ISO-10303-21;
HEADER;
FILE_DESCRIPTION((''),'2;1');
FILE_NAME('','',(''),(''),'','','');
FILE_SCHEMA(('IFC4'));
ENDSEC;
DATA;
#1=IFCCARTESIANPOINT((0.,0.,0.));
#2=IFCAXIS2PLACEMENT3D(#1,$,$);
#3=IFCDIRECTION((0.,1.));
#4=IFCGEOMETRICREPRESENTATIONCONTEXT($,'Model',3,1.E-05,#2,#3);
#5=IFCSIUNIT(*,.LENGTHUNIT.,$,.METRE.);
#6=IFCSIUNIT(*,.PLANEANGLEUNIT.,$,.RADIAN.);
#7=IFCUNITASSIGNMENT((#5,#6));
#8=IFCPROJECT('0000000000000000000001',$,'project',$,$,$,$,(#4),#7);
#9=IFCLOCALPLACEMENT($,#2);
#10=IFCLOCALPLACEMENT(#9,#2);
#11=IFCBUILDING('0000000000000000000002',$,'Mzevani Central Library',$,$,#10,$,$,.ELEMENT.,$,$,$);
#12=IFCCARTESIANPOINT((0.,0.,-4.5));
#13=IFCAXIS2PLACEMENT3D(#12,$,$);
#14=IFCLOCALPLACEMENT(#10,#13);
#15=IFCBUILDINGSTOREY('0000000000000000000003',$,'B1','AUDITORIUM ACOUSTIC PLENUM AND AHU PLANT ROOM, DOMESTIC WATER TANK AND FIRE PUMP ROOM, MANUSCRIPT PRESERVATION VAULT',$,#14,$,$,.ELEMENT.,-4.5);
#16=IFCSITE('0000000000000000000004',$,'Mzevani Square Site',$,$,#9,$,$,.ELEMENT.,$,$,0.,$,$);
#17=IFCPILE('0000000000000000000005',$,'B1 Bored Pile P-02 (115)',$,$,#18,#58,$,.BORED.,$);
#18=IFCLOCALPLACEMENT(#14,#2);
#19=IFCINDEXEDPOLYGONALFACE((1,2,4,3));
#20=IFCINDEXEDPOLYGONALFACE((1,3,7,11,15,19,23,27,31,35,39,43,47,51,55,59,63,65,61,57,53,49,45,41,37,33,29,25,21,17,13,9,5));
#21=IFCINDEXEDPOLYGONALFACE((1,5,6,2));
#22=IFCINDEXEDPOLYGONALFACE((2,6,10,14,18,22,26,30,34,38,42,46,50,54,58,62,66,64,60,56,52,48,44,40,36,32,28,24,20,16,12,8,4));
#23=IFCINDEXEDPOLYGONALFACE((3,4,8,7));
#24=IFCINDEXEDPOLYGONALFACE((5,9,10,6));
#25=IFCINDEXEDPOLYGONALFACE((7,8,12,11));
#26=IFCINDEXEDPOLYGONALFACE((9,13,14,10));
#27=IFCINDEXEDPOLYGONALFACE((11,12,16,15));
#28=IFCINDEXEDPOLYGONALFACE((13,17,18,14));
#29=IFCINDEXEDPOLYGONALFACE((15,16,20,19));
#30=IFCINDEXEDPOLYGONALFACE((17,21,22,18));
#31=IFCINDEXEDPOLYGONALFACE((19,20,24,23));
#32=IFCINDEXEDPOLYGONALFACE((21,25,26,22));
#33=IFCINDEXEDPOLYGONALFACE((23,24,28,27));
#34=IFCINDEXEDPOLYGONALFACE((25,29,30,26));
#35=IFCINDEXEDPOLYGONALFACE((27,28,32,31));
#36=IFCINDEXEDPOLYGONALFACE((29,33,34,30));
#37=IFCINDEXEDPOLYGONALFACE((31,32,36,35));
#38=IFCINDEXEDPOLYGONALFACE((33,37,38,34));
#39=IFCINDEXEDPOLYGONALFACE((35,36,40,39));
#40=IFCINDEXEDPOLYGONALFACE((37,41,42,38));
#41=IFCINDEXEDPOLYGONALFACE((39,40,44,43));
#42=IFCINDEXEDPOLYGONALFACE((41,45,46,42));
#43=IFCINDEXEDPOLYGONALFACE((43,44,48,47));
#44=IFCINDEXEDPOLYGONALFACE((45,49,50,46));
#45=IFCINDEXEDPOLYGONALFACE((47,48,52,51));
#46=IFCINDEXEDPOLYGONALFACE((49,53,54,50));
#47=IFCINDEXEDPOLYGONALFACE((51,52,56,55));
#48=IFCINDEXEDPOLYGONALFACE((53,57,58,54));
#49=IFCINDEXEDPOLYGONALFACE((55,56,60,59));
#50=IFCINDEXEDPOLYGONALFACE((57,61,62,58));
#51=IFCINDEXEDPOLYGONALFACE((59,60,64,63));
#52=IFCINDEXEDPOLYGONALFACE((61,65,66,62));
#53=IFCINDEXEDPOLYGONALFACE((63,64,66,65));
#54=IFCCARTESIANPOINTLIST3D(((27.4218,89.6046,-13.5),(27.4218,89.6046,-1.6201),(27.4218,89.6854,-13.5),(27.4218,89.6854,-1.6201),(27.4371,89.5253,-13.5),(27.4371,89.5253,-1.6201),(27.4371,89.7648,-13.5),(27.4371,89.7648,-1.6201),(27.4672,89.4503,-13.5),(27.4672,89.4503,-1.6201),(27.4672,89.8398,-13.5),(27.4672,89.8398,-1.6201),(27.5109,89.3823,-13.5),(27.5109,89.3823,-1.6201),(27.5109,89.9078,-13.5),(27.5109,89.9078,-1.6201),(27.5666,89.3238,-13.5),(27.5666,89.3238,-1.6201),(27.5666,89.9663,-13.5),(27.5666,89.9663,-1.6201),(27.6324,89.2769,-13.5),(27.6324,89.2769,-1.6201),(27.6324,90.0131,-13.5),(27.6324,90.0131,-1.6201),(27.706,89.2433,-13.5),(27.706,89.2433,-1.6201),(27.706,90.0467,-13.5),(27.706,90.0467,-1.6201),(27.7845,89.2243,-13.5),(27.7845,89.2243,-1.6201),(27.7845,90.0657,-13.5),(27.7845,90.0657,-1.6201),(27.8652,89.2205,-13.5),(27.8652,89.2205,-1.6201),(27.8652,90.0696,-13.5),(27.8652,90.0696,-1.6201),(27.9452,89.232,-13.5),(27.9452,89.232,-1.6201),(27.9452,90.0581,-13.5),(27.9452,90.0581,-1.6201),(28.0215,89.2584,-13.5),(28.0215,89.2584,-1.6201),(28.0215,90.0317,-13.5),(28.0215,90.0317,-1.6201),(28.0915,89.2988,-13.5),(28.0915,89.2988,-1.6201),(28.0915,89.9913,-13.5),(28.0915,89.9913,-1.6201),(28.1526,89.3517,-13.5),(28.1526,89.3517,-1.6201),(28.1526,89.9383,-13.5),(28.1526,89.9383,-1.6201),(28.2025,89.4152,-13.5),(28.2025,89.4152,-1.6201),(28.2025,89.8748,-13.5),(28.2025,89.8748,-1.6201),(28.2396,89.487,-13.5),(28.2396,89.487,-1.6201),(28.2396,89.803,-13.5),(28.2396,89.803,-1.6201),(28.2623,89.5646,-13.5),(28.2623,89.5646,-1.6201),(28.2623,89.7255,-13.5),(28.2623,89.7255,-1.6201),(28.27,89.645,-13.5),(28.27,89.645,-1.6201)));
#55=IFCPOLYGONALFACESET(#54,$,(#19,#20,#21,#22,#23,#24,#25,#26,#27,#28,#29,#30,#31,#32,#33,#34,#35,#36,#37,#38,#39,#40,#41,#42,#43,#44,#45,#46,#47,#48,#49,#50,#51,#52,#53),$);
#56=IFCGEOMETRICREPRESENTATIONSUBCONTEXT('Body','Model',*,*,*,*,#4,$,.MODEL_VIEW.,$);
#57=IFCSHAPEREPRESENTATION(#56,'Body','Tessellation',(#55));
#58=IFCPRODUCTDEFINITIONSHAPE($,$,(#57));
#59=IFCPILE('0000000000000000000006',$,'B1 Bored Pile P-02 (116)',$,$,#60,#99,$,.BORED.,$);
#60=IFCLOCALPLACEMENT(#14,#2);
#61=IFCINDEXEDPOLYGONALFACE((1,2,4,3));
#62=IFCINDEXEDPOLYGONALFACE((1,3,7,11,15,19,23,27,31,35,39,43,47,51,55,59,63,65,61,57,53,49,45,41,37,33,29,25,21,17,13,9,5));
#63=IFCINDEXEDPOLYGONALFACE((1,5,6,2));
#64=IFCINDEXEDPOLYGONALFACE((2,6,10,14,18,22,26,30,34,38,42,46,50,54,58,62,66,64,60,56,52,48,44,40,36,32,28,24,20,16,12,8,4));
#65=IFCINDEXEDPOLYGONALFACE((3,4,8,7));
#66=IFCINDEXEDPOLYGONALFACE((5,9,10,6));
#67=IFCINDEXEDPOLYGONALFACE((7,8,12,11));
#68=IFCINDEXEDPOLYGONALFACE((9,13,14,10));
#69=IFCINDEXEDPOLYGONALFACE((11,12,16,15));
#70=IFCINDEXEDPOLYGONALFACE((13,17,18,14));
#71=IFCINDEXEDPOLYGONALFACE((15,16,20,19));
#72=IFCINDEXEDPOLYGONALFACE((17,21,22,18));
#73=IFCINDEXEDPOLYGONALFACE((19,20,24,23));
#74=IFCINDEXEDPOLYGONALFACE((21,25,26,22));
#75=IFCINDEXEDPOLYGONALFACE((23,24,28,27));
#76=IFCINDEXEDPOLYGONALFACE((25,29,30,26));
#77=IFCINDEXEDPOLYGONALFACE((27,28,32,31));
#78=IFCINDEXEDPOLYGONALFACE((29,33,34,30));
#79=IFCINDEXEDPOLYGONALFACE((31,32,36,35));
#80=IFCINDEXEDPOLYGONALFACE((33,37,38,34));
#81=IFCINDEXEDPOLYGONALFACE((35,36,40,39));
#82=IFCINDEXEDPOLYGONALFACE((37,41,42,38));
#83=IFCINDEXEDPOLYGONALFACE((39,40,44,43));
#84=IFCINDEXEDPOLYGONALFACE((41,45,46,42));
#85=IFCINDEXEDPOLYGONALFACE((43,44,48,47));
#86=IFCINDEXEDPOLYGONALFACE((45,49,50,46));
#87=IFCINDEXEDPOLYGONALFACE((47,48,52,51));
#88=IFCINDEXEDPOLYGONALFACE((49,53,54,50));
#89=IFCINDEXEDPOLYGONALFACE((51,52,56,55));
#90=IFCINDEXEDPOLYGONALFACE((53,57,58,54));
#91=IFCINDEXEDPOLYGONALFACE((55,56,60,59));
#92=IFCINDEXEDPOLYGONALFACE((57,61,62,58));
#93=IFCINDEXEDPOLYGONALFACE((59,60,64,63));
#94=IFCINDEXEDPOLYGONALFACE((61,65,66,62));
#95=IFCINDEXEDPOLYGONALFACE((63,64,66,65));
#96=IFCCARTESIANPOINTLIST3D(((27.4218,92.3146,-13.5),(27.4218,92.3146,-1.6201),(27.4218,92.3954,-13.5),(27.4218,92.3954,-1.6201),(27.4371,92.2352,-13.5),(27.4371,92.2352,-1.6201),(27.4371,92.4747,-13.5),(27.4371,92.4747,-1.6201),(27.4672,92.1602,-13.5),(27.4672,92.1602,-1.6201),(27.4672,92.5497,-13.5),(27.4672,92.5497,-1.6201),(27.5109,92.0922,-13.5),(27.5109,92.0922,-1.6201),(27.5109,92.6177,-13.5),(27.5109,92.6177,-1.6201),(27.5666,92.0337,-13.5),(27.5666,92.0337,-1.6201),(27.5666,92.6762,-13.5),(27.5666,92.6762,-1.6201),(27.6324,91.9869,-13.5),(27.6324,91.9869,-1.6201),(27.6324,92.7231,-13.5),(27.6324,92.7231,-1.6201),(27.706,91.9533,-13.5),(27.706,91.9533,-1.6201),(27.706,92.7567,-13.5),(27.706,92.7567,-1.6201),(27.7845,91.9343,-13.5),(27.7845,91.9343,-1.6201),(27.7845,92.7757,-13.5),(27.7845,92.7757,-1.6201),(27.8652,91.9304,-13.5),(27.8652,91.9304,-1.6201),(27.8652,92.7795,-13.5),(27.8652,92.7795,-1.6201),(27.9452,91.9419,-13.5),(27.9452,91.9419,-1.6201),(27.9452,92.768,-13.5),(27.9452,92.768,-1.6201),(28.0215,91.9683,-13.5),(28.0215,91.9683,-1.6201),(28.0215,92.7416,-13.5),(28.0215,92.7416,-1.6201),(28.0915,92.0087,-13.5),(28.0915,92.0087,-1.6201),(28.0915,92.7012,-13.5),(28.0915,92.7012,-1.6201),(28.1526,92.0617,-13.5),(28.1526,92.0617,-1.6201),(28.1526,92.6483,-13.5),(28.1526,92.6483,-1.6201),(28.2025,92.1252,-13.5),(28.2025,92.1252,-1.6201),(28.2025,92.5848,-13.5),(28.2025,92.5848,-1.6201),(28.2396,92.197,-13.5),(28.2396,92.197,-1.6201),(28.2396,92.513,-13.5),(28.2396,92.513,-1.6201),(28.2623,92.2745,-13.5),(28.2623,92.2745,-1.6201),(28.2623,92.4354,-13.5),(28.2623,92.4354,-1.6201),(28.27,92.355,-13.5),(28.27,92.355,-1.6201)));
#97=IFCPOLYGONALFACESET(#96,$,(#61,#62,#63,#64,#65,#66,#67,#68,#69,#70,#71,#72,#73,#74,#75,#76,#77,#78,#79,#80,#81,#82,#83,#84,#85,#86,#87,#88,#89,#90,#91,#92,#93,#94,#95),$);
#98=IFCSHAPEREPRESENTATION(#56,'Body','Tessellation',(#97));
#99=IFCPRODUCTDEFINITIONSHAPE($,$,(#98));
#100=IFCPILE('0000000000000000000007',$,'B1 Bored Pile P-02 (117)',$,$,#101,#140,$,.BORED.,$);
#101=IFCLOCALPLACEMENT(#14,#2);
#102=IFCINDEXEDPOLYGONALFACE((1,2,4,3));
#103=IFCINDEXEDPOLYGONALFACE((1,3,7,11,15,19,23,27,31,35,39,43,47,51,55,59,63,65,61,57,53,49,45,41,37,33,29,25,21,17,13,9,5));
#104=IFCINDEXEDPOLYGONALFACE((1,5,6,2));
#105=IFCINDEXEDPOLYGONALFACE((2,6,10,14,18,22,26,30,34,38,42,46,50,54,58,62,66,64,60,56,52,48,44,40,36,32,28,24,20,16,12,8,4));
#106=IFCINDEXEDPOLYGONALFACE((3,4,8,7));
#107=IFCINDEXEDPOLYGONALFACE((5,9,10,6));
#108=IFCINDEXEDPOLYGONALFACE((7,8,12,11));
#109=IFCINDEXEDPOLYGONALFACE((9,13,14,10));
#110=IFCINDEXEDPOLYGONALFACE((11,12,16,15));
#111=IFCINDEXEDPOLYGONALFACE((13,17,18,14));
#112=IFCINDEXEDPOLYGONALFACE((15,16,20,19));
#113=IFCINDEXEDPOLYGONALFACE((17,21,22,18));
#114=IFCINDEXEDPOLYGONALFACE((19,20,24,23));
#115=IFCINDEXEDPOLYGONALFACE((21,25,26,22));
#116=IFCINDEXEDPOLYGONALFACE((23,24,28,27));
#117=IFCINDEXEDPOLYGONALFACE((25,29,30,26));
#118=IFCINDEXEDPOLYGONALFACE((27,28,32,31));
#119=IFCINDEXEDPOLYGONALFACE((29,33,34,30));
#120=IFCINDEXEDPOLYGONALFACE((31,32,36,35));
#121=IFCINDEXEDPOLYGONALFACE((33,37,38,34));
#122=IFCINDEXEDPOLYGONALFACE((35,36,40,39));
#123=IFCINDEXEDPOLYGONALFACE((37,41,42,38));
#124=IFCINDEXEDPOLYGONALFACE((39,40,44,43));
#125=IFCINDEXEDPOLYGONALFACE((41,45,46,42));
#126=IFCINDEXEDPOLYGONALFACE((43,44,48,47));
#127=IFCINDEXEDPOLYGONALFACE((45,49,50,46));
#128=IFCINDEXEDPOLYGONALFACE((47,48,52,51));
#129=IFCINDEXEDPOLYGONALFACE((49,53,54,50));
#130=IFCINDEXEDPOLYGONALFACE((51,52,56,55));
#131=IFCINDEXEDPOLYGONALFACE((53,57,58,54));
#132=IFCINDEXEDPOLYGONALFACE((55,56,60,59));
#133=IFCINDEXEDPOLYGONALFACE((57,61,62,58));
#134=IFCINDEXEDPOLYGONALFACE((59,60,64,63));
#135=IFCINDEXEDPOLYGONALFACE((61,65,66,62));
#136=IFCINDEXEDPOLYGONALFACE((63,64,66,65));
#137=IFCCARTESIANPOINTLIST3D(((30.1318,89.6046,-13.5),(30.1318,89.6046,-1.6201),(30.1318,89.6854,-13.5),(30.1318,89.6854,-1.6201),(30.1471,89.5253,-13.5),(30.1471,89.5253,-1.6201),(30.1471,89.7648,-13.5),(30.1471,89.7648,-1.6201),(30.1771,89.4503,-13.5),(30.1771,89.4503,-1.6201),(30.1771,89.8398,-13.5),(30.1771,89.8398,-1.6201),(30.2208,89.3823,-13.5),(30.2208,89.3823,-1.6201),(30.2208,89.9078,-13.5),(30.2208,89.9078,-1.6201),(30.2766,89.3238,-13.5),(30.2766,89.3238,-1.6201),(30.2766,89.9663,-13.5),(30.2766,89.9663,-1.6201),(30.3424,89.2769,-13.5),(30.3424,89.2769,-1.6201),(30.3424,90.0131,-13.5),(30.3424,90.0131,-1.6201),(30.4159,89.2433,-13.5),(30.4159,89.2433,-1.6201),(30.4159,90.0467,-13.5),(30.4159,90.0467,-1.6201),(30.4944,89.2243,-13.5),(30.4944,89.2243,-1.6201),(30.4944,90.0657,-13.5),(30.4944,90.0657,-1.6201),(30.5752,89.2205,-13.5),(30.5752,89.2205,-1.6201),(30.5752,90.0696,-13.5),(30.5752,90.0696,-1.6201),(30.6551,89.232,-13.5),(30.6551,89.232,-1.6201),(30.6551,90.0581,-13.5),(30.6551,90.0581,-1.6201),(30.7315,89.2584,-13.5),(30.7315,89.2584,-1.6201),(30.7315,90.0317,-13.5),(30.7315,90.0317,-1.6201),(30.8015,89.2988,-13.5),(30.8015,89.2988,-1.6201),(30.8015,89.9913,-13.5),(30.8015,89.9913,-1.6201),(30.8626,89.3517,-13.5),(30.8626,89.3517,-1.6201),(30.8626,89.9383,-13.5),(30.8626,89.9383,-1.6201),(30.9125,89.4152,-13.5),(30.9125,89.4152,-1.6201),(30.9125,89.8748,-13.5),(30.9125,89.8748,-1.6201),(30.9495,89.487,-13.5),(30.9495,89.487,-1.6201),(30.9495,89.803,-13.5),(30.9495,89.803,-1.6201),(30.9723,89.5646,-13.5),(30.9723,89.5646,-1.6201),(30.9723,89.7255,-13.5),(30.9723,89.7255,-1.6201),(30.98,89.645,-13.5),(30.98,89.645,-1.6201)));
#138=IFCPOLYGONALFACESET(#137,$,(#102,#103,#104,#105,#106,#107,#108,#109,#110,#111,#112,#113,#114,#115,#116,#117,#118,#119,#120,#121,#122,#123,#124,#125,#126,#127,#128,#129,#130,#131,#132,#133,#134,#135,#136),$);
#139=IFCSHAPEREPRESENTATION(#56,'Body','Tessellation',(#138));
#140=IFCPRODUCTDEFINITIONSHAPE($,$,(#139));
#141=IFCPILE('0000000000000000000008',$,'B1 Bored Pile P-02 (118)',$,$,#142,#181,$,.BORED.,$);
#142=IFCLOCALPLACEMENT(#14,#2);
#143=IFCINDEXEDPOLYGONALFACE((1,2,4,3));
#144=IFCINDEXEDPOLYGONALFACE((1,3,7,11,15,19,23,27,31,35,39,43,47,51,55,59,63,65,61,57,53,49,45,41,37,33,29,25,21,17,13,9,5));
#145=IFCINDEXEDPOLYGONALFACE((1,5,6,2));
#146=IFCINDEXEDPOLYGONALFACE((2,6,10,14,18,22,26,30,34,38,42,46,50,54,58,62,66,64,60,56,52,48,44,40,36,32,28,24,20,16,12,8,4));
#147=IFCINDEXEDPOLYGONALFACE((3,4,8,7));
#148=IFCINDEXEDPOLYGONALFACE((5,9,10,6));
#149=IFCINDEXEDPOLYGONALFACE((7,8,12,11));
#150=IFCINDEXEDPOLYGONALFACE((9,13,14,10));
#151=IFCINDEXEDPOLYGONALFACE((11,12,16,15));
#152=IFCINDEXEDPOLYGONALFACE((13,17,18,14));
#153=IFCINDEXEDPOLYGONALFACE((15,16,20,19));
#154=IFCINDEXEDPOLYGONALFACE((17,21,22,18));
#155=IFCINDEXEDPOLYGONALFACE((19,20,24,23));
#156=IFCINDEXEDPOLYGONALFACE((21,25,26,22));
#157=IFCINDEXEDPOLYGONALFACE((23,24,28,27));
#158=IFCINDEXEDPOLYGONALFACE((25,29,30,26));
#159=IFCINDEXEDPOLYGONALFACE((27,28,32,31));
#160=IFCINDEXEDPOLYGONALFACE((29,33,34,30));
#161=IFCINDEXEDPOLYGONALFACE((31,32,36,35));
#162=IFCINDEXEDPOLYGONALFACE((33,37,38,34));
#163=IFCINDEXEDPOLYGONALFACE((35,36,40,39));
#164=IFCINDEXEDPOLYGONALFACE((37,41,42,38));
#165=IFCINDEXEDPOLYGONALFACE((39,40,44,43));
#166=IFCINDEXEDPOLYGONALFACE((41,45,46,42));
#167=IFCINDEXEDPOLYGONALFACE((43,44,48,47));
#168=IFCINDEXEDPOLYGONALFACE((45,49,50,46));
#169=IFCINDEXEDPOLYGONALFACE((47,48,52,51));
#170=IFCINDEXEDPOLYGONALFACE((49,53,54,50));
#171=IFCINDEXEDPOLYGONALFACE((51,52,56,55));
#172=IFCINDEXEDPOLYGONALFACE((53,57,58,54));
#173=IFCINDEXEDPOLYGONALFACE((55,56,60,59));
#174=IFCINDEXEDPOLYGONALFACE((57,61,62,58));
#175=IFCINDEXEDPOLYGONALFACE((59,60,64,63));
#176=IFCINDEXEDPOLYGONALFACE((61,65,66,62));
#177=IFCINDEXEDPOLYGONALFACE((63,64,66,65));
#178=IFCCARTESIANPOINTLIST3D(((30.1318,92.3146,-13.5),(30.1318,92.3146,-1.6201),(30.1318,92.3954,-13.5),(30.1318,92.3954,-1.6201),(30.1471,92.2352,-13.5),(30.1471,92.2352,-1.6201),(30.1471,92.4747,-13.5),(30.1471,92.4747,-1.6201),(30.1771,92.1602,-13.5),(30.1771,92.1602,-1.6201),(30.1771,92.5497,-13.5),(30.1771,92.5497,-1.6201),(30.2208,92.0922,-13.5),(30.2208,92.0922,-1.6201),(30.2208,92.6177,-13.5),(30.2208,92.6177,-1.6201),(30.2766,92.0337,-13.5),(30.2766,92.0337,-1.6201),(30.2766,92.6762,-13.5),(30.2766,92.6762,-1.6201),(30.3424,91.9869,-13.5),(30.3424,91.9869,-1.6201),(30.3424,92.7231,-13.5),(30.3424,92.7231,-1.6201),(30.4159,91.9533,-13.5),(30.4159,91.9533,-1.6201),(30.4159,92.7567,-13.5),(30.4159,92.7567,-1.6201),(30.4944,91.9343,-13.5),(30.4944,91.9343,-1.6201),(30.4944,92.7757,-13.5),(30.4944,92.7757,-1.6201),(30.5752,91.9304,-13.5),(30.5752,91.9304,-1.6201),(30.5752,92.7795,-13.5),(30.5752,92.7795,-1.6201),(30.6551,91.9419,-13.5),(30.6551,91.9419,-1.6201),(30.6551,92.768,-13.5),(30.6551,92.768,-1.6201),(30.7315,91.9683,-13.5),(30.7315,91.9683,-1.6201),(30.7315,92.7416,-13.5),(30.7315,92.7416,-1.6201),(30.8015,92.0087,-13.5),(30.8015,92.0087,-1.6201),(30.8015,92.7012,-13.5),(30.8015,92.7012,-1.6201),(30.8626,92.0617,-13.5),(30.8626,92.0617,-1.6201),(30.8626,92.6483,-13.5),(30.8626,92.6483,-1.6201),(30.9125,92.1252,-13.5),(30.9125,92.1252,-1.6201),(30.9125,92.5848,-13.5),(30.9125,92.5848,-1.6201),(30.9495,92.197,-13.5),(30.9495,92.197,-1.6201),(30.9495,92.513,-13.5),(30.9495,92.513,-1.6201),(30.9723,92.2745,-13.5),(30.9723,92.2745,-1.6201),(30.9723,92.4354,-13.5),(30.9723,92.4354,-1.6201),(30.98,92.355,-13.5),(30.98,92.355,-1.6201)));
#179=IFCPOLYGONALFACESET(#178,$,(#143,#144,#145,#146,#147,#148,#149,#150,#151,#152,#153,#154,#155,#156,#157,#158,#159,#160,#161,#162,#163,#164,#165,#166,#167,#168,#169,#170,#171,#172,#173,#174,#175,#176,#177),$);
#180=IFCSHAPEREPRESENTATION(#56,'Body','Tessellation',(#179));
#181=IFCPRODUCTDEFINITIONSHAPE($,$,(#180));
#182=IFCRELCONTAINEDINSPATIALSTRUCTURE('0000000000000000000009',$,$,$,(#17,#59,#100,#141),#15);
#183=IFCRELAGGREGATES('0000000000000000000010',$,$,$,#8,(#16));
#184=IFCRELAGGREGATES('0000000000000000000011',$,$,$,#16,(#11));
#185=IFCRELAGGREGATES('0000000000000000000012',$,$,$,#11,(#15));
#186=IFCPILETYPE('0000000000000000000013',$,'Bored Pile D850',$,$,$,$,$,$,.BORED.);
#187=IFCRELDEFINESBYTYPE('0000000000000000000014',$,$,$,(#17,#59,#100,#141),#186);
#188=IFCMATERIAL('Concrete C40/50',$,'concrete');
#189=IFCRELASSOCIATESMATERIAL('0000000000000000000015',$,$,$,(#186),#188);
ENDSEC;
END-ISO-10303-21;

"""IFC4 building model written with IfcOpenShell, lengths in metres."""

from ifc_helpers import new_model, si_unit, direction, frame, origin, origin_2d, place, context, subcontext, project, spatial, circle, extrude, material, material_profile, profile_set, type_object, element, save


model = new_model("IFC4")

# Units and contexts
model_context = context("Model", 3, precision=1e-05, world=origin(), true_north=direction((0.0, 1.0)))
body_context = subcontext(model_context, "Body", "Model", "MODEL_VIEW")
ifc_project = project(units=[si_unit("LENGTHUNIT", "METRE"), si_unit("PLANEANGLEUNIT", "RADIAN")], contexts=[model_context])

# Site, building, storey
site_placement = place(None, origin())
site = spatial("IfcSite", under=ifc_project, at=site_placement, Name="Mzevani Square Site", CompositionType="ELEMENT", RefElevation=0.0)
building_placement = place(site_placement, origin())
building = spatial("IfcBuilding", under=site, at=building_placement, Name="Mzevani Central Library", CompositionType="ELEMENT")
storey_placement = place(building_placement, frame((0.0, 0.0, -4.5)))
storey = spatial("IfcBuildingStorey", under=building, at=storey_placement, Name="B1", Description="AUDITORIUM ACOUSTIC PLENUM AND AHU PLANT ROOM, DOMESTIC WATER TANK AND FIRE PUMP ROOM, MANUSCRIPT PRESERVATION VAULT", CompositionType="ELEMENT", Elevation=-4.5)

# Piles
ifc_material_1 = material(Name="Concrete C40/50", Category="concrete")
ifc_material_profile_1 = material_profile(ifc_material_1, circle(Radius=0.425, at=origin_2d()), Name="PILE D850")
ifc_profile_set_1 = profile_set([ifc_material_profile_1], Name="Concrete C40/50")
pile_type_1 = type_object("IfcPileType", Name="Bored Pile D850", PredefinedType="BORED", material=ifc_profile_set_1)
for number, where, z_axis, x_axis, name in (
    (1, (27.845, 89.645, -1.6201), (0.0, 0.0, -1.0), (1.0, 0.0, 0.0), "B1 Bored Pile P-02 (115)"),
    (2, (27.845, 92.355, -1.6201), (0.0, 0.0, -1.0), (1.0, 0.0, 0.0), "B1 Bored Pile P-02 (116)"),
    (3, (30.5549, 89.645, -1.6201), (0.0, 0.0, -1.0), (1.0, 0.0, 0.0), "B1 Bored Pile P-02 (117)"),
    (4, (30.5549, 92.355, -1.6201), (0.0, 0.0, -1.0), (1.0, 0.0, 0.0), "B1 Bored Pile P-02 (118)"),
):
    element("IfcPile", number, at=place(storey_placement, frame(where, z_axis=z_axis, x_axis=x_axis)), inside=storey, type_object=pile_type_1, Name=name, PredefinedType="BORED", context=body_context, shape_type="SweptSolid", body=[
        extrude(circle(Radius=0.425, at=origin_2d()), origin(), (0.0, 0.0, 1.0), 11.8799),
    ])

save(model, "model.ifc")
